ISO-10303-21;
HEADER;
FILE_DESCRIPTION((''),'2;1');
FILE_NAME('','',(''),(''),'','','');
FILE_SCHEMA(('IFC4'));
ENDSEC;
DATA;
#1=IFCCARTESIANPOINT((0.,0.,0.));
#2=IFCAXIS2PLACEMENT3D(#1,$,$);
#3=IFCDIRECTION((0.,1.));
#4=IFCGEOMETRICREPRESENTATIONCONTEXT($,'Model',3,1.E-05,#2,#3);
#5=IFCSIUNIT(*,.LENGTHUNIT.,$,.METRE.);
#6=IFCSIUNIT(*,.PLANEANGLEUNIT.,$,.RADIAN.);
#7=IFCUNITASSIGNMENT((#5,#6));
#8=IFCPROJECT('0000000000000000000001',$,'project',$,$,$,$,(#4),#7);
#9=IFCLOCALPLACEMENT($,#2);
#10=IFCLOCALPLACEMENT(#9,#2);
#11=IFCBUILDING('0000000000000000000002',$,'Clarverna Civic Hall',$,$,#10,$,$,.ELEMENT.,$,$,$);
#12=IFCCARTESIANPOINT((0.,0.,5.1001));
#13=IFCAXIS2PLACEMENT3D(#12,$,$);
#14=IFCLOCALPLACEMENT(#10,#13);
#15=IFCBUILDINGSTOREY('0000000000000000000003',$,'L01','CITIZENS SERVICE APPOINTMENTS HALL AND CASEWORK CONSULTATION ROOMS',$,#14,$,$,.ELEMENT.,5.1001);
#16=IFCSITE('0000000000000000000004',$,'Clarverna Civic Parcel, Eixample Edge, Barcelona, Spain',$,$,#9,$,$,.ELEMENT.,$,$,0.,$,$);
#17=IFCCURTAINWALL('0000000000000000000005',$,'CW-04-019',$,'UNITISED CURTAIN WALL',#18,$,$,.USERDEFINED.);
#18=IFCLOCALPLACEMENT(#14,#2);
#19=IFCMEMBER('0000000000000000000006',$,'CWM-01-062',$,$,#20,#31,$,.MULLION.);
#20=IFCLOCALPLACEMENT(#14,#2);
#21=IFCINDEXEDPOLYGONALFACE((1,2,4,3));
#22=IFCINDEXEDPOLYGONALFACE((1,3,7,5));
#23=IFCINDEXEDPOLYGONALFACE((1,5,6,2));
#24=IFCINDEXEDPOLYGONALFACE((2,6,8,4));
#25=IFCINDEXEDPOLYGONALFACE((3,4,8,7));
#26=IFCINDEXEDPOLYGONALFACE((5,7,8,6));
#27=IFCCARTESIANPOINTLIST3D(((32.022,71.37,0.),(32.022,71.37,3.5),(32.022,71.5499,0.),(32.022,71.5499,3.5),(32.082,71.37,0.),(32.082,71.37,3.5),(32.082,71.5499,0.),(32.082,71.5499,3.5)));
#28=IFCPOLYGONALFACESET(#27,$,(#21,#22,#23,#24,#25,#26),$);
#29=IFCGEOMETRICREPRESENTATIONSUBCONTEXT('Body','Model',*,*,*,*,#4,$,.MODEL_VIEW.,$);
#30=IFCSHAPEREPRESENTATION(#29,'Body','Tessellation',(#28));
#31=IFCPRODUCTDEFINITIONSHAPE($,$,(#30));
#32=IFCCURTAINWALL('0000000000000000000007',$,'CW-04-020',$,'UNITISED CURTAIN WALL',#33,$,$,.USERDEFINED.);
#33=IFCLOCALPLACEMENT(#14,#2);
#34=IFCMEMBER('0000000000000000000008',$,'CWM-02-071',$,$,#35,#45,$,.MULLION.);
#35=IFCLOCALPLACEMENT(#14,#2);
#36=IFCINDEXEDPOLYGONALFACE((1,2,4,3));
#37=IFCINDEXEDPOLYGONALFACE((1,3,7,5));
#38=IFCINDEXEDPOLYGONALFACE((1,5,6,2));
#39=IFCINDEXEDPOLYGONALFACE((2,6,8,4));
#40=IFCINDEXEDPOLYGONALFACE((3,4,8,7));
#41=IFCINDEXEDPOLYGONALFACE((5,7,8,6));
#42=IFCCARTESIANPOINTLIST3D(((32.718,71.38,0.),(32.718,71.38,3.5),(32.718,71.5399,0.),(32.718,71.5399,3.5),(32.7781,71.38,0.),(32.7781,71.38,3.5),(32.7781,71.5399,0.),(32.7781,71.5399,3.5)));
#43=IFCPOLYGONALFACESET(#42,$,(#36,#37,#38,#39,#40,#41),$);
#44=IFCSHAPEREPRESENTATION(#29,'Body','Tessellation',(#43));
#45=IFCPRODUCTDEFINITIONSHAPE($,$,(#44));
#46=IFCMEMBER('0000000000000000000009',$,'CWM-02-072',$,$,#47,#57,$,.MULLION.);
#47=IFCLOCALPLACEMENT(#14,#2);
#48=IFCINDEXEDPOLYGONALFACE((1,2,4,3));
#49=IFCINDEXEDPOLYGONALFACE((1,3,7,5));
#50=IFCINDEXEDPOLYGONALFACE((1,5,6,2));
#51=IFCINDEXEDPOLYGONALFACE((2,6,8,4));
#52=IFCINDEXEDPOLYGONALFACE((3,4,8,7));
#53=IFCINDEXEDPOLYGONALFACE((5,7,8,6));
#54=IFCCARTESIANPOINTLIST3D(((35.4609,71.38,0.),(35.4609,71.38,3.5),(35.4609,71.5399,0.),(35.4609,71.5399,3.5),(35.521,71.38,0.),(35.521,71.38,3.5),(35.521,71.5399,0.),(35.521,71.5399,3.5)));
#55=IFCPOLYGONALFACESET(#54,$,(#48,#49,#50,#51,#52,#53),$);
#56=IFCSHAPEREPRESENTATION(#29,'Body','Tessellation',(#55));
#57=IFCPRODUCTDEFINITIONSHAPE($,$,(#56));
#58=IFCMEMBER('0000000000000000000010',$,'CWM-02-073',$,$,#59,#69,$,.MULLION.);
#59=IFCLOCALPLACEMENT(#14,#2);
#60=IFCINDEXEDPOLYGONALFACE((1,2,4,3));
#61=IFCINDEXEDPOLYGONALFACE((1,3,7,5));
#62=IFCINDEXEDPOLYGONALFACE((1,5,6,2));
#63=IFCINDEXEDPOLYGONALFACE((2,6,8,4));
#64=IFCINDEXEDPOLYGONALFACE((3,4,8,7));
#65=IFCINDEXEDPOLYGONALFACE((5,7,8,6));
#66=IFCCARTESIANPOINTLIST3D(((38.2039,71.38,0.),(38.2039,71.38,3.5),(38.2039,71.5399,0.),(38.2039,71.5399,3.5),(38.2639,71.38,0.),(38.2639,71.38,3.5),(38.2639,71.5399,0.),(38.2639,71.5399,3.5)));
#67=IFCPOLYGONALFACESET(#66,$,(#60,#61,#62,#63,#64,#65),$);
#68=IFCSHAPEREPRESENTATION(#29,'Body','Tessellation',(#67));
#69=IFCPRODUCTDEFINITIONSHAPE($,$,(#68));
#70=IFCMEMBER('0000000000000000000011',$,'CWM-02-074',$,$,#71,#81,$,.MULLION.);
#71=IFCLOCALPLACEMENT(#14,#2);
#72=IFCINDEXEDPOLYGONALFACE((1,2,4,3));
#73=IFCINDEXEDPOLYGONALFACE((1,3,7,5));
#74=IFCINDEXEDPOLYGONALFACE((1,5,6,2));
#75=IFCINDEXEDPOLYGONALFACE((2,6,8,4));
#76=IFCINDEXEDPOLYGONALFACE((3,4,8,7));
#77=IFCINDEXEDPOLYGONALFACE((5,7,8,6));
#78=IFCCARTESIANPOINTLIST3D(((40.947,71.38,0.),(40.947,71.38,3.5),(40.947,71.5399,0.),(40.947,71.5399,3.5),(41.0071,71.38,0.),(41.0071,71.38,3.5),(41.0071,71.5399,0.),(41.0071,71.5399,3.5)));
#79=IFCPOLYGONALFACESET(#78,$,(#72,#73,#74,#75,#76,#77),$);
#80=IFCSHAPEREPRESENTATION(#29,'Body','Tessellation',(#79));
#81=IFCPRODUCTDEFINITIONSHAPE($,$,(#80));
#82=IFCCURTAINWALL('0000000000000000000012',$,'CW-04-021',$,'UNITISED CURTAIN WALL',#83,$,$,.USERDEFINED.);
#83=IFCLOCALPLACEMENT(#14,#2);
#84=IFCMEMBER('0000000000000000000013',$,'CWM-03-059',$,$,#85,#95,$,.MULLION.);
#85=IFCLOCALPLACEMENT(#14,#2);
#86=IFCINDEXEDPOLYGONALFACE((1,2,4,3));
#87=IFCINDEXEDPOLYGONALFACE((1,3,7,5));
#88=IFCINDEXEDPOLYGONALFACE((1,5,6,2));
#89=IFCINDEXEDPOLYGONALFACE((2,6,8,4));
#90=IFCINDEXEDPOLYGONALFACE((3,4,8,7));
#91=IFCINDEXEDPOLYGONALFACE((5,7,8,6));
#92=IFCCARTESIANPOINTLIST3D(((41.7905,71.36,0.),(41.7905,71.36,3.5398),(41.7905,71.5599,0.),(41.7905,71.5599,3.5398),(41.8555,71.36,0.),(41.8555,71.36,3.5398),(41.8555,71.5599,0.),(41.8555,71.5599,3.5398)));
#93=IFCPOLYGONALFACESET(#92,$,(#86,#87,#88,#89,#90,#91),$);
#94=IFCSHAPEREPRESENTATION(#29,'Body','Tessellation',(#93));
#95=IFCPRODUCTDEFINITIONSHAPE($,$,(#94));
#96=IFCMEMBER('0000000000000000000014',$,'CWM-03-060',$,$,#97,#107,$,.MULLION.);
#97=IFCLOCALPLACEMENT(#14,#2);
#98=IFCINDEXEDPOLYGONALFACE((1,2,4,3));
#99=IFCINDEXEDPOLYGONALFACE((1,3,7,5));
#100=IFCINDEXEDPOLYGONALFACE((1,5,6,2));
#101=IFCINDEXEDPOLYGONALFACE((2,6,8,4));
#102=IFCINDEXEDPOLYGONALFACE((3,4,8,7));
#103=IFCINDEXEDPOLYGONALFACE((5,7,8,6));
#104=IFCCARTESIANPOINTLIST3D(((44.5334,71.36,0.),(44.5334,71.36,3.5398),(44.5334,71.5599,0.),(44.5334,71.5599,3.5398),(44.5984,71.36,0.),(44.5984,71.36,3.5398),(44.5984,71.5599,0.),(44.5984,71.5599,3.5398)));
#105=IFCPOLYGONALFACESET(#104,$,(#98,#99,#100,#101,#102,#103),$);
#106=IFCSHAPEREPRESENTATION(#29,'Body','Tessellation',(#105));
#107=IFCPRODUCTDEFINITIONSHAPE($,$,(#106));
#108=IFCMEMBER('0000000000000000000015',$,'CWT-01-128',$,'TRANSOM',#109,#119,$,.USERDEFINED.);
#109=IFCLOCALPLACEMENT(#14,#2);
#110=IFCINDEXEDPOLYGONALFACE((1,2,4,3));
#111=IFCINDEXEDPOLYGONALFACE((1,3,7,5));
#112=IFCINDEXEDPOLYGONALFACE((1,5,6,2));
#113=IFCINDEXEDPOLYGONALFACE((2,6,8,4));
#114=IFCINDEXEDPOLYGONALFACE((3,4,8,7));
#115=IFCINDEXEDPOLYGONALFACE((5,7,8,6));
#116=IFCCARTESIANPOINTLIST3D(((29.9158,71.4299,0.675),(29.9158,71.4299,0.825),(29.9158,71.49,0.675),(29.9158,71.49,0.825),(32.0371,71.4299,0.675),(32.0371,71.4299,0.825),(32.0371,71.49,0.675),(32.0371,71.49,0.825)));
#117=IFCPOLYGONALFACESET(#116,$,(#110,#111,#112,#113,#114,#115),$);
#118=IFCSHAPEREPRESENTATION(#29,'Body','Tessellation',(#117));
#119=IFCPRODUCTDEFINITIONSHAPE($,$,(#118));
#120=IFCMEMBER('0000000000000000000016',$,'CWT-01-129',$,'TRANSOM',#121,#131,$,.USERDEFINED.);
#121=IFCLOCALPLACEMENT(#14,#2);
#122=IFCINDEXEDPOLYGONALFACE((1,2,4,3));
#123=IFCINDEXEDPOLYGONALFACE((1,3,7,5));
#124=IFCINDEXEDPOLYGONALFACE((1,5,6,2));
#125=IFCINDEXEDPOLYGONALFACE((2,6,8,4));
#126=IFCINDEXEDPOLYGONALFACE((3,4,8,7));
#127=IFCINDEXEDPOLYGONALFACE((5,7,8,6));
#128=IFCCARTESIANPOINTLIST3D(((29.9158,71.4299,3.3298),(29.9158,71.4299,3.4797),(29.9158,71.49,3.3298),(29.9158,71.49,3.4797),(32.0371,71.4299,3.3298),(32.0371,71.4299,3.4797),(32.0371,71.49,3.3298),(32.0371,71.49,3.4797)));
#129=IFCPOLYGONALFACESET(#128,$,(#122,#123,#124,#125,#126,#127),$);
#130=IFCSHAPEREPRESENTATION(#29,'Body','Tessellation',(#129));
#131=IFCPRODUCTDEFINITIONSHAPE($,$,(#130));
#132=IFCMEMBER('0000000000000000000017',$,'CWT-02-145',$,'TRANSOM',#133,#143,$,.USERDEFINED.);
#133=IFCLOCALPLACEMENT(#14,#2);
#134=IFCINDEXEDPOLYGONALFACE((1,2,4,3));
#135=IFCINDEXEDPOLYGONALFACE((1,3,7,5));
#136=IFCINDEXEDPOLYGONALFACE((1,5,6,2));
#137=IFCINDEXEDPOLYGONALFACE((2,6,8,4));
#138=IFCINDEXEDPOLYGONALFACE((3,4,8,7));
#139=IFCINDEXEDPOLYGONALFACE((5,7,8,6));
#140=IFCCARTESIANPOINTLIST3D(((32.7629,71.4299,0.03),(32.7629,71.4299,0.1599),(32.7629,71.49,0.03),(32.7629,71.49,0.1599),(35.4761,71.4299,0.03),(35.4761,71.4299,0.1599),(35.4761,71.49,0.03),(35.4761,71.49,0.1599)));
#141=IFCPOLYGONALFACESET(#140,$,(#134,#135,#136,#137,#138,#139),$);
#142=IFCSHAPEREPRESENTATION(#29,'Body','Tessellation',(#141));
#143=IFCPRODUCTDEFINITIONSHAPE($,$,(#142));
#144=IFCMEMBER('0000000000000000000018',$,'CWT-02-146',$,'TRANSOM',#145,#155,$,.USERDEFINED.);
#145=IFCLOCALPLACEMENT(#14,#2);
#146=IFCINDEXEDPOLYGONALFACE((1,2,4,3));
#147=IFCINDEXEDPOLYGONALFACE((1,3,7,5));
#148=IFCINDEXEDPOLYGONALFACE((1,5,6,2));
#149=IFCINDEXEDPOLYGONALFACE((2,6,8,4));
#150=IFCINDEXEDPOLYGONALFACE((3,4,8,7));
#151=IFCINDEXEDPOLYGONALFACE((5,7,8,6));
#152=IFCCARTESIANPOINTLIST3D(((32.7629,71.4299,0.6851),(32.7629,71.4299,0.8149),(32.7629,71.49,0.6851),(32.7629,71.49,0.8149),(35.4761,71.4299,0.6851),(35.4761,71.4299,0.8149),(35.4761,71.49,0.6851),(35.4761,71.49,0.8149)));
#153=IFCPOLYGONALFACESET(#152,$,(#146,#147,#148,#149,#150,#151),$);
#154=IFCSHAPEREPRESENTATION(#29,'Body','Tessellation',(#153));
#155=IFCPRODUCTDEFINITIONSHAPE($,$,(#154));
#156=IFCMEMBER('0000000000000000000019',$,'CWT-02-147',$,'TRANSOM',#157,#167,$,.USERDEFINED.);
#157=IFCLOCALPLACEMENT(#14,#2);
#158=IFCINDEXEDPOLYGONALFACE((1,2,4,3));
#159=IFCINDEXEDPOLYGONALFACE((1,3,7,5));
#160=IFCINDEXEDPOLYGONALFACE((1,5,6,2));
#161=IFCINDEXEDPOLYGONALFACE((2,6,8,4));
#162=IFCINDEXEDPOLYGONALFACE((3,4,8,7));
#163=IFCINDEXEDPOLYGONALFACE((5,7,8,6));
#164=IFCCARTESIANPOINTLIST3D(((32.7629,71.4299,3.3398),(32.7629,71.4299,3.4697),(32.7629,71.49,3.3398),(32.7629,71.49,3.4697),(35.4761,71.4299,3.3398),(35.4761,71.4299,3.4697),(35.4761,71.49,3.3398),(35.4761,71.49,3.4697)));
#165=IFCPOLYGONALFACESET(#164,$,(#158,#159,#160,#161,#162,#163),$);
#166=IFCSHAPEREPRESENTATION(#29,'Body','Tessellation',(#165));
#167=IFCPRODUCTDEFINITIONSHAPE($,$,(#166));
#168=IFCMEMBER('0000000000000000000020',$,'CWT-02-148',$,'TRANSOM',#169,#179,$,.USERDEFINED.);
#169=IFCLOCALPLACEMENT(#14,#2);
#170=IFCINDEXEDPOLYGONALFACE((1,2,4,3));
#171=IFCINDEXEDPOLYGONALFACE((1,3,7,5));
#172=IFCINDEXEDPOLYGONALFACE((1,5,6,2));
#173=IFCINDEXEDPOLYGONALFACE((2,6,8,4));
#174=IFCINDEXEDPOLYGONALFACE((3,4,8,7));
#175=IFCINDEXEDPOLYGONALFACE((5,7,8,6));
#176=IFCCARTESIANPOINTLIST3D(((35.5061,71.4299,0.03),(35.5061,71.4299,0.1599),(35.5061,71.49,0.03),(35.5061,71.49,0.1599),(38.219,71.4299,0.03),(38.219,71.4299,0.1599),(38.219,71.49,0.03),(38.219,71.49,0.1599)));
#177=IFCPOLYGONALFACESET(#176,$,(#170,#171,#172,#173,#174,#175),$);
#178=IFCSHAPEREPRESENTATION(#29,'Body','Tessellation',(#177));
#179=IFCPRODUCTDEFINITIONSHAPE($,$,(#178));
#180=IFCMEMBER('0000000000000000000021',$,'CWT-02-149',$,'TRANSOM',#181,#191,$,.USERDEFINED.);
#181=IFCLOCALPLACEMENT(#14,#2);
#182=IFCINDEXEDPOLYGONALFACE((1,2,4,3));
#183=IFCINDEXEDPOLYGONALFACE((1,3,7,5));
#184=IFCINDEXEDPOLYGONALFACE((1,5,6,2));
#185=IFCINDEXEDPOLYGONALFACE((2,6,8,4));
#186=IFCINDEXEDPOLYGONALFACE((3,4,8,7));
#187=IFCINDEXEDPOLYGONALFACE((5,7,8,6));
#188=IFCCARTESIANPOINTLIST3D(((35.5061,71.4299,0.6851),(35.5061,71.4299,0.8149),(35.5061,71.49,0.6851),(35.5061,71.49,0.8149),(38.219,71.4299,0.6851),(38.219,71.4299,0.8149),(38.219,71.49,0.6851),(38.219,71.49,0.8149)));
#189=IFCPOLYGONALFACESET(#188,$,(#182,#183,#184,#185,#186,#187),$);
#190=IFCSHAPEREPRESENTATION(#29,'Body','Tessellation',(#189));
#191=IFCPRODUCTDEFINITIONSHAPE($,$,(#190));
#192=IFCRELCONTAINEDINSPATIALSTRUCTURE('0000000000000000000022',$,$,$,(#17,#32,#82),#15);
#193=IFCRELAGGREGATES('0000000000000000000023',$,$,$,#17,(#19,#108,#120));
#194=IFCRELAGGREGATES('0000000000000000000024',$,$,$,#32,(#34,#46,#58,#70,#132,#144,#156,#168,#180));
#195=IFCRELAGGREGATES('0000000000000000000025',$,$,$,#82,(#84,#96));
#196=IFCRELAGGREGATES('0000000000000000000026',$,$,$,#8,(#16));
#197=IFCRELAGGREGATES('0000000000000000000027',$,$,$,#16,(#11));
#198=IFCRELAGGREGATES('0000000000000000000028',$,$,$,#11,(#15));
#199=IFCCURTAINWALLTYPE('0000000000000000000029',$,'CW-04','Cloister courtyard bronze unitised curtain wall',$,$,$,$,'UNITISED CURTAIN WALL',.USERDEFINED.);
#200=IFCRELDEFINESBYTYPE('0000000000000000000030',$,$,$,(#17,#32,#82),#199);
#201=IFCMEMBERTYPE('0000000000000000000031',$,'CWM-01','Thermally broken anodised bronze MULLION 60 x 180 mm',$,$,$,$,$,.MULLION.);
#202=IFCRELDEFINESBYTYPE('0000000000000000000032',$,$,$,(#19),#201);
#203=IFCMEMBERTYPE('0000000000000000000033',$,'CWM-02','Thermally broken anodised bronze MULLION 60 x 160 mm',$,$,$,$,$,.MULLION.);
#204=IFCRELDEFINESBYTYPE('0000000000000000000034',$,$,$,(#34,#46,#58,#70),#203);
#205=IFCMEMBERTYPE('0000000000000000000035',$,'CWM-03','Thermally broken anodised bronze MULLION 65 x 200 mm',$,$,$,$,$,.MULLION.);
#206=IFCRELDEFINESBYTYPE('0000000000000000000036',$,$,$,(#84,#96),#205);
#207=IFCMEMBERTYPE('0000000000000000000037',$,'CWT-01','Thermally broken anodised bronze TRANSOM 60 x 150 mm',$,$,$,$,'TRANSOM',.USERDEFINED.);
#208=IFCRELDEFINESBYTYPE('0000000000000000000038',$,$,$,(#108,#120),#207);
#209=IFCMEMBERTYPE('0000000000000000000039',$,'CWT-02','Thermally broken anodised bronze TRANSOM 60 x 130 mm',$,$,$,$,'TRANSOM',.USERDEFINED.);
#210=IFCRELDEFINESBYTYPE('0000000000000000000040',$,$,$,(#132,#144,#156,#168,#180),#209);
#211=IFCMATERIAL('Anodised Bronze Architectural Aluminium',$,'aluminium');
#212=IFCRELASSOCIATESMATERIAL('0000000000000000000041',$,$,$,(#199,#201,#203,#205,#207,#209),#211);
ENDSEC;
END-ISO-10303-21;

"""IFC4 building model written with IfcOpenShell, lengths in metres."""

from ifc_helpers import new_model, si_unit, direction, frame, origin, origin_2d, place, context, subcontext, project, spatial, rectangle, extrude, material, material_profile, profile_set, type_object, element, aggregate, save


model = new_model("IFC4")

# Units and contexts
model_context = context("Model", 3, precision=1e-05, world=origin(), true_north=direction((0.0, 1.0)))
body_context = subcontext(model_context, "Body", "Model", "MODEL_VIEW")
ifc_project = project(units=[si_unit("LENGTHUNIT", "METRE"), si_unit("PLANEANGLEUNIT", "RADIAN")], contexts=[model_context])

# Site, building, storey
site_placement = place(None, origin())
site = spatial("IfcSite", under=ifc_project, at=site_placement, Name="Clarverna Civic Parcel, Eixample Edge, Barcelona, Spain", CompositionType="ELEMENT", RefElevation=0.0)
building_placement = place(site_placement, origin())
building = spatial("IfcBuilding", under=site, at=building_placement, Name="Clarverna Civic Hall", CompositionType="ELEMENT")
storey_placement = place(building_placement, frame((0.0, 0.0, 5.1001)))
storey = spatial("IfcBuildingStorey", under=building, at=storey_placement, Name="L01", Description="CITIZENS SERVICE APPOINTMENTS HALL AND CASEWORK CONSULTATION ROOMS", CompositionType="ELEMENT", Elevation=5.1001)

# Curtain wall, member
ifc_material_1 = material(Name="Anodised Bronze Architectural Aluminium", Category="aluminium")
curtain_wall_type = type_object("IfcCurtainWallType", Name="CW-04", Description="Cloister courtyard bronze unitised curtain wall", ElementType="UNITISED CURTAIN WALL", PredefinedType="USERDEFINED", material=ifc_material_1)
curtain_wall_1_placement = place(storey_placement, origin())
curtain_wall_1 = element("IfcCurtainWall", 1, at=curtain_wall_1_placement, inside=storey, type_object=curtain_wall_type, Name="CW-04-019", ObjectType="UNITISED CURTAIN WALL", PredefinedType="USERDEFINED")
ifc_material_profile_1 = material_profile(ifc_material_1, rectangle(XDim=0.0601, YDim=0.1799, at=origin_2d()), Name="BRONZE 60x180")
ifc_profile_set_1 = profile_set([ifc_material_profile_1], Name="Anodised Bronze Architectural Aluminium")
member_type_1 = type_object("IfcMemberType", Name="CWM-01", Description="Thermally broken anodised bronze MULLION 60 x 180 mm", PredefinedType="MULLION", material=ifc_profile_set_1)
member_1_placement = place(storey_placement, frame((32.052, 71.46, 0.0), z_axis=(0.0, 0.0, 1.0), x_axis=(1.0, 0.0, 0.0)))
member_1 = element("IfcMember", 2, at=member_1_placement, type_object=member_type_1, Name="CWM-01-062", PredefinedType="MULLION", context=body_context, shape_type="SweptSolid", body=[
    extrude(rectangle(XDim=0.0601, YDim=0.1799, at=origin_2d()), origin(), (0.0, 0.0, 1.0), 3.5),
])

# Curtain walls, members
curtain_wall_2_placement = place(storey_placement, origin())
curtain_wall_2 = element("IfcCurtainWall", 3, at=curtain_wall_2_placement, inside=storey, type_object=curtain_wall_type, Name="CW-04-020", ObjectType="UNITISED CURTAIN WALL", PredefinedType="USERDEFINED")
ifc_material_profile_2 = material_profile(ifc_material_1, rectangle(XDim=0.0601, YDim=0.1599, at=origin_2d()), Name="BRONZE 60x160")
ifc_profile_set_2 = profile_set([ifc_material_profile_2], Name="Anodised Bronze Architectural Aluminium")
member_type_2 = type_object("IfcMemberType", Name="CWM-02", Description="Thermally broken anodised bronze MULLION 60 x 160 mm", PredefinedType="MULLION", material=ifc_profile_set_2)
member_2_placement = place(storey_placement, frame((32.748, 71.46, 0.0), z_axis=(0.0, 0.0, 1.0), x_axis=(1.0, 0.0, 0.0)))
member_2 = element("IfcMember", 4, at=member_2_placement, type_object=member_type_2, Name="CWM-02-071", PredefinedType="MULLION", context=body_context, shape_type="SweptSolid", body=[
    extrude(rectangle(XDim=0.0601, YDim=0.1599, at=origin_2d()), origin(), (0.0, 0.0, 1.0), 3.5),
])
member_3_placement = place(storey_placement, frame((35.491, 71.46, 0.0), z_axis=(0.0, 0.0, 1.0), x_axis=(1.0, 0.0, 0.0)))
member_3 = element("IfcMember", 5, at=member_3_placement, type_object=member_type_2, Name="CWM-02-072", PredefinedType="MULLION", context=body_context, shape_type="SweptSolid", body=[
    extrude(rectangle(XDim=0.0601, YDim=0.1599, at=origin_2d()), origin(), (0.0, 0.0, 1.0), 3.5),
])
member_4_placement = place(storey_placement, frame((38.2339, 71.46, 0.0), z_axis=(0.0, 0.0, 1.0), x_axis=(1.0, 0.0, 0.0)))
member_4 = element("IfcMember", 6, at=member_4_placement, type_object=member_type_2, Name="CWM-02-073", PredefinedType="MULLION", context=body_context, shape_type="SweptSolid", body=[
    extrude(rectangle(XDim=0.0601, YDim=0.1599, at=origin_2d()), origin(), (0.0, 0.0, 1.0), 3.5),
])
member_5_placement = place(storey_placement, frame((40.9771, 71.46, 0.0), z_axis=(0.0, 0.0, 1.0), x_axis=(1.0, 0.0, 0.0)))
member_5 = element("IfcMember", 7, at=member_5_placement, type_object=member_type_2, Name="CWM-02-074", PredefinedType="MULLION", context=body_context, shape_type="SweptSolid", body=[
    extrude(rectangle(XDim=0.0601, YDim=0.1599, at=origin_2d()), origin(), (0.0, 0.0, 1.0), 3.5),
])
curtain_wall_3_placement = place(storey_placement, origin())
curtain_wall_3 = element("IfcCurtainWall", 8, at=curtain_wall_3_placement, inside=storey, type_object=curtain_wall_type, Name="CW-04-021", ObjectType="UNITISED CURTAIN WALL", PredefinedType="USERDEFINED")
ifc_material_profile_3 = material_profile(ifc_material_1, rectangle(XDim=0.0649, YDim=0.2, at=origin_2d()), Name="BRONZE 65x200")
ifc_profile_set_3 = profile_set([ifc_material_profile_3], Name="Anodised Bronze Architectural Aluminium")
member_type_3 = type_object("IfcMemberType", Name="CWM-03", Description="Thermally broken anodised bronze MULLION 65 x 200 mm", PredefinedType="MULLION", material=ifc_profile_set_3)
member_6_placement = place(storey_placement, frame((41.823, 71.46, 0.0), z_axis=(0.0, 0.0, 1.0), x_axis=(1.0, 0.0, 0.0)))
member_6 = element("IfcMember", 9, at=member_6_placement, type_object=member_type_3, Name="CWM-03-059", PredefinedType="MULLION", context=body_context, shape_type="SweptSolid", body=[
    extrude(rectangle(XDim=0.0649, YDim=0.2, at=origin_2d()), origin(), (0.0, 0.0, 1.0), 3.5398),
])
member_7_placement = place(storey_placement, frame((44.5659, 71.46, 0.0), z_axis=(0.0, 0.0, 1.0), x_axis=(1.0, 0.0, 0.0)))
member_7 = element("IfcMember", 10, at=member_7_placement, type_object=member_type_3, Name="CWM-03-060", PredefinedType="MULLION", context=body_context, shape_type="SweptSolid", body=[
    extrude(rectangle(XDim=0.0649, YDim=0.2, at=origin_2d()), origin(), (0.0, 0.0, 1.0), 3.5398),
])

# Members
ifc_material_profile_4 = material_profile(ifc_material_1, rectangle(XDim=0.0601, YDim=0.1499, at=origin_2d()), Name="BRONZE 60x150")
ifc_profile_set_4 = profile_set([ifc_material_profile_4], Name="Anodised Bronze Architectural Aluminium")
member_type_4 = type_object("IfcMemberType", Name="CWT-01", Description="Thermally broken anodised bronze TRANSOM 60 x 150 mm", ElementType="TRANSOM", PredefinedType="USERDEFINED", material=ifc_profile_set_4)
member_8_placement = place(storey_placement, frame((29.9158, 71.46, 0.75), z_axis=(1.0, 0.0, 0.0), x_axis=(0.0, 1.0, 0.0)))
member_8 = element("IfcMember", 11, at=member_8_placement, type_object=member_type_4, Name="CWT-01-128", ObjectType="TRANSOM", PredefinedType="USERDEFINED", context=body_context, shape_type="SweptSolid", body=[
    extrude(rectangle(XDim=0.0601, YDim=0.1499, at=origin_2d()), origin(), (0.0, 0.0, 1.0), 2.1213),
])
member_9_placement = place(storey_placement, frame((29.9158, 71.46, 3.4048), z_axis=(1.0, 0.0, 0.0), x_axis=(0.0, 1.0, 0.0)))
member_9 = element("IfcMember", 12, at=member_9_placement, type_object=member_type_4, Name="CWT-01-129", ObjectType="TRANSOM", PredefinedType="USERDEFINED", context=body_context, shape_type="SweptSolid", body=[
    extrude(rectangle(XDim=0.0601, YDim=0.1499, at=origin_2d()), origin(), (0.0, 0.0, 1.0), 2.1213),
])
ifc_material_profile_5 = material_profile(ifc_material_1, rectangle(XDim=0.0601, YDim=0.1299, at=origin_2d()), Name="BRONZE 60x130")
ifc_profile_set_5 = profile_set([ifc_material_profile_5], Name="Anodised Bronze Architectural Aluminium")
member_type_5 = type_object("IfcMemberType", Name="CWT-02", Description="Thermally broken anodised bronze TRANSOM 60 x 130 mm", ElementType="TRANSOM", PredefinedType="USERDEFINED", material=ifc_profile_set_5)
member_10_placement = place(storey_placement, frame((32.7629, 71.46, 0.095), z_axis=(1.0, 0.0, 0.0), x_axis=(0.0, 1.0, 0.0)))
member_10 = element("IfcMember", 13, at=member_10_placement, type_object=member_type_5, Name="CWT-02-145", ObjectType="TRANSOM", PredefinedType="USERDEFINED", context=body_context, shape_type="SweptSolid", body=[
    extrude(rectangle(XDim=0.0601, YDim=0.1299, at=origin_2d()), origin(), (0.0, 0.0, 1.0), 2.7131),
])
member_11_placement = place(storey_placement, frame((32.7629, 71.46, 0.75), z_axis=(1.0, 0.0, 0.0), x_axis=(0.0, 1.0, 0.0)))
member_11 = element("IfcMember", 14, at=member_11_placement, type_object=member_type_5, Name="CWT-02-146", ObjectType="TRANSOM", PredefinedType="USERDEFINED", context=body_context, shape_type="SweptSolid", body=[
    extrude(rectangle(XDim=0.0601, YDim=0.1299, at=origin_2d()), origin(), (0.0, 0.0, 1.0), 2.7131),
])
member_12_placement = place(storey_placement, frame((32.7629, 71.46, 3.4048), z_axis=(1.0, 0.0, 0.0), x_axis=(0.0, 1.0, 0.0)))
member_12 = element("IfcMember", 15, at=member_12_placement, type_object=member_type_5, Name="CWT-02-147", ObjectType="TRANSOM", PredefinedType="USERDEFINED", context=body_context, shape_type="SweptSolid", body=[
    extrude(rectangle(XDim=0.0601, YDim=0.1299, at=origin_2d()), origin(), (0.0, 0.0, 1.0), 2.7131),
])
member_13_placement = place(storey_placement, frame((35.5061, 71.46, 0.095), z_axis=(1.0, 0.0, 0.0), x_axis=(0.0, 1.0, 0.0)))
member_13 = element("IfcMember", 16, at=member_13_placement, type_object=member_type_5, Name="CWT-02-148", ObjectType="TRANSOM", PredefinedType="USERDEFINED", context=body_context, shape_type="SweptSolid", body=[
    extrude(rectangle(XDim=0.0601, YDim=0.1299, at=origin_2d()), origin(), (0.0, 0.0, 1.0), 2.7129),
])
member_14_placement = place(storey_placement, frame((35.5061, 71.46, 0.75), z_axis=(1.0, 0.0, 0.0), x_axis=(0.0, 1.0, 0.0)))
member_14 = element("IfcMember", 17, at=member_14_placement, type_object=member_type_5, Name="CWT-02-149", ObjectType="TRANSOM", PredefinedType="USERDEFINED", context=body_context, shape_type="SweptSolid", body=[
    extrude(rectangle(XDim=0.0601, YDim=0.1299, at=origin_2d()), origin(), (0.0, 0.0, 1.0), 2.7129),
])

aggregate(curtain_wall_1, [member_1, member_8, member_9])
aggregate(curtain_wall_2, [member_2, member_3, member_4, member_5, member_10, member_11, member_12, member_13, member_14])
aggregate(curtain_wall_3, [member_6, member_7])

save(model, "model.ifc")
